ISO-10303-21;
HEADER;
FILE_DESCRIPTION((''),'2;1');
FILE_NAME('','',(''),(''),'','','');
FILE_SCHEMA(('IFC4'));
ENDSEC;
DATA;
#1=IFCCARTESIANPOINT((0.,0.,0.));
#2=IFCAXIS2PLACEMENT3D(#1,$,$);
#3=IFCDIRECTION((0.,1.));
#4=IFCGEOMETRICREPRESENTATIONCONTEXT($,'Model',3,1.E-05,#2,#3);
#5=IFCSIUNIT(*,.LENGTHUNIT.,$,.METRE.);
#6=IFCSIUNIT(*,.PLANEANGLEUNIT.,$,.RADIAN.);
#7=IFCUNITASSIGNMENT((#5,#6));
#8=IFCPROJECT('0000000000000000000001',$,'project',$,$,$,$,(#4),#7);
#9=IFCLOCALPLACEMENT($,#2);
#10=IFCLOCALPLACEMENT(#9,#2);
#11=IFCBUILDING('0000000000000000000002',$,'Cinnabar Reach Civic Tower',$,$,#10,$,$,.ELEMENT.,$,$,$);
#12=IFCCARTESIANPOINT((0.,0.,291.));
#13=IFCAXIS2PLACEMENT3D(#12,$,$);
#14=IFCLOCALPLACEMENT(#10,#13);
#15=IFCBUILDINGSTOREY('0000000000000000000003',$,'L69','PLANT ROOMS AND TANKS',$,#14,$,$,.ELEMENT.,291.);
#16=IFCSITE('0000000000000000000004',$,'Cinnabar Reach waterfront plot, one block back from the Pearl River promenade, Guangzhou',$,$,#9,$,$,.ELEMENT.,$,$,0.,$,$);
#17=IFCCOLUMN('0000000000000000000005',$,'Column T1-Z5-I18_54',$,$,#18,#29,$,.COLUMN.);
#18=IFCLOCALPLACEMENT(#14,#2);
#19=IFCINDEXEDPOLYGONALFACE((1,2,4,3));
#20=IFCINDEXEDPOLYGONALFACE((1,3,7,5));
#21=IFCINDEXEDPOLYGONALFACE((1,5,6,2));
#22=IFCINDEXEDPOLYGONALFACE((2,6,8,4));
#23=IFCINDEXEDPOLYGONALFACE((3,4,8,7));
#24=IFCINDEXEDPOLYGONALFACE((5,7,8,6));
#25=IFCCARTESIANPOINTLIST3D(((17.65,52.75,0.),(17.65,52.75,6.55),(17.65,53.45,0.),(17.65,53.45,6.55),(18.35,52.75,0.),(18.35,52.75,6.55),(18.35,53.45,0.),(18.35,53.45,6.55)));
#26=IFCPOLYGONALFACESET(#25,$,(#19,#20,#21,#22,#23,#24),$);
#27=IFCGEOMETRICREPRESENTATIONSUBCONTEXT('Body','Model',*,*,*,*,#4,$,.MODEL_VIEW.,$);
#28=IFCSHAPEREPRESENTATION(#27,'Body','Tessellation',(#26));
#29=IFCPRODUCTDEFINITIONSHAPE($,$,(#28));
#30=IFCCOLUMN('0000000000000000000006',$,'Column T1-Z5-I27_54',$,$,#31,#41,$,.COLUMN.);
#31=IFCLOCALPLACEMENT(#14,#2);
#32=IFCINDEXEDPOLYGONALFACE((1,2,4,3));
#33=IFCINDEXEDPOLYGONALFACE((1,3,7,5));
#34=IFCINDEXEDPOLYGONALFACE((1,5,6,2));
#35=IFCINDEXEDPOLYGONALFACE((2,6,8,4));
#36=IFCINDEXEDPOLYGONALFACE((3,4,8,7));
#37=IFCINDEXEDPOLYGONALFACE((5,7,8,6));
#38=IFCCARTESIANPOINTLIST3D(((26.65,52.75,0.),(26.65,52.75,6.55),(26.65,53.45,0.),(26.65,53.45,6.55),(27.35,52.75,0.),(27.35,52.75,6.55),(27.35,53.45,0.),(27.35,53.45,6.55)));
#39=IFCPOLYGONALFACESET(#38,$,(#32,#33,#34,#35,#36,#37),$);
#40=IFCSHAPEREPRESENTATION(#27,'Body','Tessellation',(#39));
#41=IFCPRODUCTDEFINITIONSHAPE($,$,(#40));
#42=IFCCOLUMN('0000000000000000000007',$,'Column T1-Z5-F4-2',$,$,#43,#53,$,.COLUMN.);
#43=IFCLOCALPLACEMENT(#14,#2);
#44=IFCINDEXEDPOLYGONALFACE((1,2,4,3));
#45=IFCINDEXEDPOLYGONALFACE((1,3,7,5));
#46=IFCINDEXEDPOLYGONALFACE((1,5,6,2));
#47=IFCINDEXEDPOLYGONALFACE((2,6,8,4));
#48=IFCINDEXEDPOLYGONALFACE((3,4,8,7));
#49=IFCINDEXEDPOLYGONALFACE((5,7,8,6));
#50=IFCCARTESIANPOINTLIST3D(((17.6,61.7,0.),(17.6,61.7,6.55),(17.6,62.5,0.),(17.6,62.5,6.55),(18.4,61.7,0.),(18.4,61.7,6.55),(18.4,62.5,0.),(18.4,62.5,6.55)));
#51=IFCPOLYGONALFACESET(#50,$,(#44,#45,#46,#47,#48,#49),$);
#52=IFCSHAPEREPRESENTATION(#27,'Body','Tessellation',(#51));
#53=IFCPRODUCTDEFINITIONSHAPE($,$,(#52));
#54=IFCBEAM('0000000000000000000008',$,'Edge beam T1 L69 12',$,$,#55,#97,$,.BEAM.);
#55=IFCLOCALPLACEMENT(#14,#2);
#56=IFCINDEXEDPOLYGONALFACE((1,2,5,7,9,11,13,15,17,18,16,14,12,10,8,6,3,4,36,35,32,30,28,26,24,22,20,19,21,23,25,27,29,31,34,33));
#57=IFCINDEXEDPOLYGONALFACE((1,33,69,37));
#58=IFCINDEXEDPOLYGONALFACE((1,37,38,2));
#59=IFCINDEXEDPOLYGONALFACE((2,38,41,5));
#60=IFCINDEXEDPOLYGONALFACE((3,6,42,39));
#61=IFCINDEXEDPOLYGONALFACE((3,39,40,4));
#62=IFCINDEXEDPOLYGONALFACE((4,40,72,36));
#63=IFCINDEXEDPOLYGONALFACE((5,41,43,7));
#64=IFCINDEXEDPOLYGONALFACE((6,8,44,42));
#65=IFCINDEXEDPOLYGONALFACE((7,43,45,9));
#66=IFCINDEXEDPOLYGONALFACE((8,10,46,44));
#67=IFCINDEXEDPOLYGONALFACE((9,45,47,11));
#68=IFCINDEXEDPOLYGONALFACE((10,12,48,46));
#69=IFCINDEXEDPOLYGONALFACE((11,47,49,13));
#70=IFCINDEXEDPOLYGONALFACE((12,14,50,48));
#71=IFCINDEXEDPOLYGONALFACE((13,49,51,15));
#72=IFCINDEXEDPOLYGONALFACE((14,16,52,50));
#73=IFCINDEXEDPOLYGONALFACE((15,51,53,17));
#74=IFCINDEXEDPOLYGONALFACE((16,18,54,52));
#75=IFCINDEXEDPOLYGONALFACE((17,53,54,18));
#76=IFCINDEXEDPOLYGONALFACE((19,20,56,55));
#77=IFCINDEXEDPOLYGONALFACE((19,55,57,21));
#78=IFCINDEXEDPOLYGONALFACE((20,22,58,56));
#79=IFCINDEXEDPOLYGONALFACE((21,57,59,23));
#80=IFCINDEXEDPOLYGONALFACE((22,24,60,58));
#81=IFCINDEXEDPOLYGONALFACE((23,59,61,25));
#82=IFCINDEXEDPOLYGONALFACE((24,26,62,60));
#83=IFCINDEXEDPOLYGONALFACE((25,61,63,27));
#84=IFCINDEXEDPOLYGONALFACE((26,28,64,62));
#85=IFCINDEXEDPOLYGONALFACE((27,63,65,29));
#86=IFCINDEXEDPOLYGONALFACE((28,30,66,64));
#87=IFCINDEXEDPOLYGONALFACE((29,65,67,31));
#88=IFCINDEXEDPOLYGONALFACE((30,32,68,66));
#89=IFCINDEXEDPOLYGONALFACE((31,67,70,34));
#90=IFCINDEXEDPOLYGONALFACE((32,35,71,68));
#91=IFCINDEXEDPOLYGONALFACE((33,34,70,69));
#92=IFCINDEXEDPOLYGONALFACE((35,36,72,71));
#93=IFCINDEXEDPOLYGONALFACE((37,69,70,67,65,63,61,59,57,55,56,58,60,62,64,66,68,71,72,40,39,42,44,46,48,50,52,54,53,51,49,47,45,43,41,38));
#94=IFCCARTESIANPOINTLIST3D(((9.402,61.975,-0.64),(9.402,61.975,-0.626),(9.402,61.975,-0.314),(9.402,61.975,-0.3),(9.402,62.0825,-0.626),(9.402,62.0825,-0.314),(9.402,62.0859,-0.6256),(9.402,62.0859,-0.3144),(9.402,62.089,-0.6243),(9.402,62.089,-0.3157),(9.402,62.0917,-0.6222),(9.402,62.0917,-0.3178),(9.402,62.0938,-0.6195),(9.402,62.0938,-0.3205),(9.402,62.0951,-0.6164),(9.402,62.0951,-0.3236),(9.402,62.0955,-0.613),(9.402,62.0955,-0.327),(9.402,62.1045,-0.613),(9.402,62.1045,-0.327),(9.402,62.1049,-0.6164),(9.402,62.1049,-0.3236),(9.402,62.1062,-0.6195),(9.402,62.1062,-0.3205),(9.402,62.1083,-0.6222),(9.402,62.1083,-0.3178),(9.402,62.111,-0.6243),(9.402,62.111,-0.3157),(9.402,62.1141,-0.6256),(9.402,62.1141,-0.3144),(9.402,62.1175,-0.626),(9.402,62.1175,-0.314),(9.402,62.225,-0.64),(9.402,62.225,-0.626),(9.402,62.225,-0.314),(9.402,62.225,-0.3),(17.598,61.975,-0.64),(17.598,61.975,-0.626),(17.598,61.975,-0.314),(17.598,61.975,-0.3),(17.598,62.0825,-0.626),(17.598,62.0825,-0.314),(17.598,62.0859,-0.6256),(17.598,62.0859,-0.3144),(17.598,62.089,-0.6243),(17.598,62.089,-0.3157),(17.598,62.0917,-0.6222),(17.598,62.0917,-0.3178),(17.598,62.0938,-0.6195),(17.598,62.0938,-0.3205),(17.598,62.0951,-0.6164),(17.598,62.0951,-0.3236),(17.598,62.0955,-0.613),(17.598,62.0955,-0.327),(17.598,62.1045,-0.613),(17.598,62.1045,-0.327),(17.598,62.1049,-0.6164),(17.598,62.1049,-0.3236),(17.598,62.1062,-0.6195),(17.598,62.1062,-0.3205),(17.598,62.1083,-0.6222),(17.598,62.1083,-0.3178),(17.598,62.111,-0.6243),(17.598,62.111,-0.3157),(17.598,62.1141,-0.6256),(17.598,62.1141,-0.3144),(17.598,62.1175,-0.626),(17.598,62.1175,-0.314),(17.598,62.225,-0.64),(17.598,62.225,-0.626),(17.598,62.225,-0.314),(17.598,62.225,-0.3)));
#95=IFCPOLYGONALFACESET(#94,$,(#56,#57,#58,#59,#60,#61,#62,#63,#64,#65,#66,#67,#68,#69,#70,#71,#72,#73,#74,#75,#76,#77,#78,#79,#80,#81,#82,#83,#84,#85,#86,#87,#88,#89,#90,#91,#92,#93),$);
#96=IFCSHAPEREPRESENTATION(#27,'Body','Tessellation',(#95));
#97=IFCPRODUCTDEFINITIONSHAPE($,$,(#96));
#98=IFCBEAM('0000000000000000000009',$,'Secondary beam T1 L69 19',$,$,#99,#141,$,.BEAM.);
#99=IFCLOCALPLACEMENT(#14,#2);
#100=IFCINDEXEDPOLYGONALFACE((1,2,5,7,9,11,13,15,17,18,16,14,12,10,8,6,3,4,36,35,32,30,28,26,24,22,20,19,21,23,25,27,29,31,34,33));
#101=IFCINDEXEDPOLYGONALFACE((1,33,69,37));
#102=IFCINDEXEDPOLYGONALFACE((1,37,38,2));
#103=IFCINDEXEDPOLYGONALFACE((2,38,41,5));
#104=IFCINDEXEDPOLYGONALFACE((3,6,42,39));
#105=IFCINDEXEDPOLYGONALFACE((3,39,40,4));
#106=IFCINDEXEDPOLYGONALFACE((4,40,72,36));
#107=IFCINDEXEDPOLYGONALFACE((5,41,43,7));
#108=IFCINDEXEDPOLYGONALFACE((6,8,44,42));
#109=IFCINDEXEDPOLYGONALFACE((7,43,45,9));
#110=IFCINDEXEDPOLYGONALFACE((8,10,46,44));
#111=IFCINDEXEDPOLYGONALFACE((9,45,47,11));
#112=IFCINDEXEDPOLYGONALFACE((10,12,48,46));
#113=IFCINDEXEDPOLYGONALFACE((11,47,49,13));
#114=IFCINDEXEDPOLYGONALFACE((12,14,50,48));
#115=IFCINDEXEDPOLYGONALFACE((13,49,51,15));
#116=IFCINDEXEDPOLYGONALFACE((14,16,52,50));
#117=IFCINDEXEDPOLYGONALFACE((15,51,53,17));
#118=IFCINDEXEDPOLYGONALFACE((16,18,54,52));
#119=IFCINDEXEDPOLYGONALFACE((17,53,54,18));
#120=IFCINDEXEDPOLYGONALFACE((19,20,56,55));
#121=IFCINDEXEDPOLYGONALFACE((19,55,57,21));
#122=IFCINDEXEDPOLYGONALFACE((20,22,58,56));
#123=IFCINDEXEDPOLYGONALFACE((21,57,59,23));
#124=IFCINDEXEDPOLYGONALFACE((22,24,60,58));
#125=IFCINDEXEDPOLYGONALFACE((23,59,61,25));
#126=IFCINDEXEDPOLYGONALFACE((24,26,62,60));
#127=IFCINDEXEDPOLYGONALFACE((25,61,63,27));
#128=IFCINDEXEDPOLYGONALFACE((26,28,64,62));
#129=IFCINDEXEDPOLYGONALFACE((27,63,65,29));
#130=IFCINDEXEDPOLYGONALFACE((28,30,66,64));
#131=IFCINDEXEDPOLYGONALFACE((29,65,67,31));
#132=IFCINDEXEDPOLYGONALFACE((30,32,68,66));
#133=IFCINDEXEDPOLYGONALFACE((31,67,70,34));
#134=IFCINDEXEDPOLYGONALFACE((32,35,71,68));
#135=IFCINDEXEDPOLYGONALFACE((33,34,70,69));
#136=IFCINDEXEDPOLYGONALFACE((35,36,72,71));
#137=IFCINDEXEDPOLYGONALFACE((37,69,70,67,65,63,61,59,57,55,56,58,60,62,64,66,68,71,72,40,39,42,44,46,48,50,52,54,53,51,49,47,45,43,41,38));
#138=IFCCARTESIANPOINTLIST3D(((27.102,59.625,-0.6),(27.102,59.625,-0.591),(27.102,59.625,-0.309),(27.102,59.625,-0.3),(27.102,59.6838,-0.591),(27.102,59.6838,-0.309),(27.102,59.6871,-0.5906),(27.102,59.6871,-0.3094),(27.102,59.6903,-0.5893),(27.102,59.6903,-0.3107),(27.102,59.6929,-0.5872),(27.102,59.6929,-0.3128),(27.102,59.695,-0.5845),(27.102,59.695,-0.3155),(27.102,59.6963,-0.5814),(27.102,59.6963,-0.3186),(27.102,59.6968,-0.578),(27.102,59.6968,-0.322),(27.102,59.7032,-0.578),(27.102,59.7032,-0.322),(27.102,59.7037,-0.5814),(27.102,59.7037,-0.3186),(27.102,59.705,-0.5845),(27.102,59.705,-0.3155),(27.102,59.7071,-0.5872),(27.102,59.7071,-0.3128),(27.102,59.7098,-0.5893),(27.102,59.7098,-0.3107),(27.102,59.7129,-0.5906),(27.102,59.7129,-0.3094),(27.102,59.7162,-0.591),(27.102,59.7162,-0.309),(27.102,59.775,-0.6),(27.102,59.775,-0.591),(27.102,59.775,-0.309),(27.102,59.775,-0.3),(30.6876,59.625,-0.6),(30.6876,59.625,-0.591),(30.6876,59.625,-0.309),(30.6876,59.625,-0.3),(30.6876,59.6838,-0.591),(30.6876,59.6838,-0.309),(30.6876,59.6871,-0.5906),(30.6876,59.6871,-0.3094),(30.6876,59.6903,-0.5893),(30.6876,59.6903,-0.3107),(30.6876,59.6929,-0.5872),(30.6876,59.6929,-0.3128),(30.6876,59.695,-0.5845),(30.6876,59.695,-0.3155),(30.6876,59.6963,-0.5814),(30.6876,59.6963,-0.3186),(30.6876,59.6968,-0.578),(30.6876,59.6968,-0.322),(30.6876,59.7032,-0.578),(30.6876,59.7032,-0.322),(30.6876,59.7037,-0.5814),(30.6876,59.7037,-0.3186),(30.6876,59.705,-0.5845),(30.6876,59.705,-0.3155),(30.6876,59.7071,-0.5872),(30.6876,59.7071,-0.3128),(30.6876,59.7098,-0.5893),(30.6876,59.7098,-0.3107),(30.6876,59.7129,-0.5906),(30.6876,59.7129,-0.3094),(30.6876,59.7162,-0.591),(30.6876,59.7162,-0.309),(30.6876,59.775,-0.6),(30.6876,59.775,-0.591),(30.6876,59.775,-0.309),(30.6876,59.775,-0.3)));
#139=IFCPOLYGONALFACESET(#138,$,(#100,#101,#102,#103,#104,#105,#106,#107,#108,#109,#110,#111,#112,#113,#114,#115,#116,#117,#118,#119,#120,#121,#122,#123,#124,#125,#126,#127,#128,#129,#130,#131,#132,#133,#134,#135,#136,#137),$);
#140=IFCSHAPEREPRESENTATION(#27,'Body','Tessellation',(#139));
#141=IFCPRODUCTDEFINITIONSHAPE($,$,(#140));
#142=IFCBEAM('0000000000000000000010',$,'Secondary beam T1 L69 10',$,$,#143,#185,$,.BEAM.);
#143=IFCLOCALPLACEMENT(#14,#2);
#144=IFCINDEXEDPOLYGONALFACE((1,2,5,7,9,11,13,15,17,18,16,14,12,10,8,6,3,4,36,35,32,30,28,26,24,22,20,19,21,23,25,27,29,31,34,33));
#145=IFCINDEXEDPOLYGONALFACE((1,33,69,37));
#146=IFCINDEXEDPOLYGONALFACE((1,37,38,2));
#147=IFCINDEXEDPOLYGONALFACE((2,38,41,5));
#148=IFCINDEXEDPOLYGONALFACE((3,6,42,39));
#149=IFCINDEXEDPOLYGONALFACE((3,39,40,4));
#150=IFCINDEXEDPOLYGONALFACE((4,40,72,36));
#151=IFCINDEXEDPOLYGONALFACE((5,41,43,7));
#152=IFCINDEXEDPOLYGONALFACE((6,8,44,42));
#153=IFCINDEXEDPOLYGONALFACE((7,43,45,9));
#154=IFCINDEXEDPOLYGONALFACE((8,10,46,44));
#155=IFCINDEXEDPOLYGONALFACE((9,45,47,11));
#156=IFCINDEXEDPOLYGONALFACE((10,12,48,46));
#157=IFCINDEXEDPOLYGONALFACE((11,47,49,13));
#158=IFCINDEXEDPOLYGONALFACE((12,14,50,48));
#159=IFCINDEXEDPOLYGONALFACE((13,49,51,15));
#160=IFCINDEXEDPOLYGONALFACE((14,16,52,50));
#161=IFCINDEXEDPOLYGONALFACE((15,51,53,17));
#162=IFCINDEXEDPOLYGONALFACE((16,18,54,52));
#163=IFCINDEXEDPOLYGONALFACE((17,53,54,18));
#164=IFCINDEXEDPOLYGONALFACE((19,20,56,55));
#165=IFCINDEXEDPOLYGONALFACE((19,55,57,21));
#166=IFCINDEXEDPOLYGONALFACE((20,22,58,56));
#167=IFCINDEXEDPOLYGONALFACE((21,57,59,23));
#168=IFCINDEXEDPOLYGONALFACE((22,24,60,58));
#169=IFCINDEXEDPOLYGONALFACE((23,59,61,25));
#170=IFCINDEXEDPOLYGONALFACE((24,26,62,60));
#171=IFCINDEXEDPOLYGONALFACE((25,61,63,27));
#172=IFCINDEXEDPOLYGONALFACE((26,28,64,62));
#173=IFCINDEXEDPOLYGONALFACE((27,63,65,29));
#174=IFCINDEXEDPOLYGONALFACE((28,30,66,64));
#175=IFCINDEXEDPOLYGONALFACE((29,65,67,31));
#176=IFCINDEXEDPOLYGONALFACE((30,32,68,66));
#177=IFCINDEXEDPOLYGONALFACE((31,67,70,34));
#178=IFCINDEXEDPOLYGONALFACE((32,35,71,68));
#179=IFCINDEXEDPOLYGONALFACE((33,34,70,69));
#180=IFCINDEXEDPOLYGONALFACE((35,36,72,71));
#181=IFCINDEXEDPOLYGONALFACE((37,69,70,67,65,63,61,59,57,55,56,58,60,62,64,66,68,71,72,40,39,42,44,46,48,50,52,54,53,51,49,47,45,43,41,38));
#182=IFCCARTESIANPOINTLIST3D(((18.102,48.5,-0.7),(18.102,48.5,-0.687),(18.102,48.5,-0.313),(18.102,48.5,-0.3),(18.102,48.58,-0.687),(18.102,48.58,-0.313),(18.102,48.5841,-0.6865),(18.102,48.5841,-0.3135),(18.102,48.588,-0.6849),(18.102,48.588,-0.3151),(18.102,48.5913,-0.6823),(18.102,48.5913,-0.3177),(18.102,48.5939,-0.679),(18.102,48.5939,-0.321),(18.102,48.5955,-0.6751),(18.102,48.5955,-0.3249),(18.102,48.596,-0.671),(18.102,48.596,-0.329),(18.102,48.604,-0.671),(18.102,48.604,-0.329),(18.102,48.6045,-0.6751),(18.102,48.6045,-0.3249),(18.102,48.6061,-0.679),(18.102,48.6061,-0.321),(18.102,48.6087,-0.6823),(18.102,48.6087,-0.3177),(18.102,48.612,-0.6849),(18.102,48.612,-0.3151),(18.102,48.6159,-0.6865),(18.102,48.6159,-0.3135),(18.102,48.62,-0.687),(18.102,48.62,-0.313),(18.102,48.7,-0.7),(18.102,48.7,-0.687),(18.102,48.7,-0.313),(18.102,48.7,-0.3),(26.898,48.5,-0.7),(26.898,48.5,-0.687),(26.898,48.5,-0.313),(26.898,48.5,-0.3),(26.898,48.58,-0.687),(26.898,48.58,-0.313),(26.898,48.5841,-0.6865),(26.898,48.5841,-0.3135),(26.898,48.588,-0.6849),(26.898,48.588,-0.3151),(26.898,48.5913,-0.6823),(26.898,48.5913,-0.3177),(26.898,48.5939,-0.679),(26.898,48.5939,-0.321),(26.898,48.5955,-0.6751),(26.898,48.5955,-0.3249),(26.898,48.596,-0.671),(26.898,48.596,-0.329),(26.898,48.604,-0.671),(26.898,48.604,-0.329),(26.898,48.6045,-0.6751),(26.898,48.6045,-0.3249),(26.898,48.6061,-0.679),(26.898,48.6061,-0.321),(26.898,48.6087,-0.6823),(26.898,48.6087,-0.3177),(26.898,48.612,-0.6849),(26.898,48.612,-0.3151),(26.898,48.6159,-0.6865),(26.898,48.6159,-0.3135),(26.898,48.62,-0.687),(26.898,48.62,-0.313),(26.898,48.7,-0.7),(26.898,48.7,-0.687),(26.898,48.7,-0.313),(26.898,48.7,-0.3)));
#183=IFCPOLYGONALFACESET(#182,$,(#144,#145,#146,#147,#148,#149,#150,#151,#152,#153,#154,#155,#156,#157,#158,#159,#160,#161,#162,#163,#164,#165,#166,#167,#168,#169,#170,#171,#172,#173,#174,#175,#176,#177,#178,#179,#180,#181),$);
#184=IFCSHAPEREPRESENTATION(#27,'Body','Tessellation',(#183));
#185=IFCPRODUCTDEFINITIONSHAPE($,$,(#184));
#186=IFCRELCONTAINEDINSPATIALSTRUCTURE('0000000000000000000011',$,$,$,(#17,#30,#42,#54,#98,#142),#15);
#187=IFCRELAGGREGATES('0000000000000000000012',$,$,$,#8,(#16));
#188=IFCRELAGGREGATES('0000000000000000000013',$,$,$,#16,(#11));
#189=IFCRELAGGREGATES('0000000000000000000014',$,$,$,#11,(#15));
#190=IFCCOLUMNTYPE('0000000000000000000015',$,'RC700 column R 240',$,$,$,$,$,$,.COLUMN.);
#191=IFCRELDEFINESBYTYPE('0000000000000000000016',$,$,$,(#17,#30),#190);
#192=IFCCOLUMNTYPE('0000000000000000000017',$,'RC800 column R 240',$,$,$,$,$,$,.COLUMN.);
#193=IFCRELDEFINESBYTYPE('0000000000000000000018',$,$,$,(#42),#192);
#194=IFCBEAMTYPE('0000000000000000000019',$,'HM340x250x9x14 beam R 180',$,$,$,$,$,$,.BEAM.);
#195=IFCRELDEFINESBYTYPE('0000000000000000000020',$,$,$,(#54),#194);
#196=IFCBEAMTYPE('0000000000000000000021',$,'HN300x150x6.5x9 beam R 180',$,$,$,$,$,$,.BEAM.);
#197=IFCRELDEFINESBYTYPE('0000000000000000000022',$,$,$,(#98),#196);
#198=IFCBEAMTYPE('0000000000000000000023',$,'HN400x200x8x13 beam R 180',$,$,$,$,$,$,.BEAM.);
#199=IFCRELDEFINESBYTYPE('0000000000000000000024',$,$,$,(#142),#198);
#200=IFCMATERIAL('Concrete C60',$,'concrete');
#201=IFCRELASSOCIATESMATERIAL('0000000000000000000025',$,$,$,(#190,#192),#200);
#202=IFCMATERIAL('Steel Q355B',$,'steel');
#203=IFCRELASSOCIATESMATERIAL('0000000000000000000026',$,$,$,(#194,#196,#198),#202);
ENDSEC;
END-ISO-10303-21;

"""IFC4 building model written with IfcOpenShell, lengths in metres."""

from ifc_helpers import new_model, si_unit, direction, frame, origin, origin_2d, place, context, subcontext, project, spatial, rectangle, i_section, extrude, material, material_profile, profile_set, type_object, element, save


model = new_model("IFC4")

# Units and contexts
model_context = context("Model", 3, precision=1e-05, world=origin(), true_north=direction((0.0, 1.0)))
body_context = subcontext(model_context, "Body", "Model", "MODEL_VIEW")
ifc_project = project(units=[si_unit("LENGTHUNIT", "METRE"), si_unit("PLANEANGLEUNIT", "RADIAN")], contexts=[model_context])

# Site, building, storey
site_placement = place(None, origin())
site = spatial("IfcSite", under=ifc_project, at=site_placement, Name="Cinnabar Reach waterfront plot, one block back from the Pearl River promenade, Guangzhou", CompositionType="ELEMENT", RefElevation=0.0)
building_placement = place(site_placement, origin())
building = spatial("IfcBuilding", under=site, at=building_placement, Name="Cinnabar Reach Civic Tower", CompositionType="ELEMENT")
storey_placement = place(building_placement, frame((0.0, 0.0, 291.0)))
storey = spatial("IfcBuildingStorey", under=building, at=storey_placement, Name="L69", Description="PLANT ROOMS AND TANKS", CompositionType="ELEMENT", Elevation=291.0)

# Columns
ifc_material_1 = material(Name="Concrete C60", Category="concrete")
ifc_material_profile_1 = material_profile(ifc_material_1, rectangle(XDim=0.7, YDim=0.7, at=origin_2d()), Name="RC700")
ifc_profile_set_1 = profile_set([ifc_material_profile_1], Name="Concrete C60")
column_type_1 = type_object("IfcColumnType", Name="RC700 column R 240", PredefinedType="COLUMN", material=ifc_profile_set_1)
for number, where, z_axis, x_axis, name in (
    (1, (18.0, 53.1, 0.0), (0.0, 0.0, 1.0), (1.0, 0.0, 0.0), "Column T1-Z5-I18_54"),
    (2, (27.0, 53.1, 0.0), (0.0, 0.0, 1.0), (1.0, 0.0, 0.0), "Column T1-Z5-I27_54"),
):
    element("IfcColumn", number, at=place(storey_placement, frame(where, z_axis=z_axis, x_axis=x_axis)), inside=storey, type_object=column_type_1, Name=name, PredefinedType="COLUMN", context=body_context, shape_type="SweptSolid", body=[
        extrude(rectangle(XDim=0.7, YDim=0.7, at=origin_2d()), origin(), (0.0, 0.0, 1.0), 6.55),
    ])
ifc_material_profile_2 = material_profile(ifc_material_1, rectangle(XDim=0.8, YDim=0.8, at=origin_2d()), Name="RC800")
ifc_profile_set_2 = profile_set([ifc_material_profile_2], Name="Concrete C60")
column_type_2 = type_object("IfcColumnType", Name="RC800 column R 240", PredefinedType="COLUMN", material=ifc_profile_set_2)
column_placement = place(storey_placement, frame((18.0, 62.1, 0.0), z_axis=(0.0, 0.0, 1.0), x_axis=(1.0, 0.0, 0.0)))
element("IfcColumn", 3, at=column_placement, inside=storey, type_object=column_type_2, Name="Column T1-Z5-F4-2", PredefinedType="COLUMN", context=body_context, shape_type="SweptSolid", body=[
    extrude(rectangle(XDim=0.8, YDim=0.8, at=origin_2d()), origin(), (0.0, 0.0, 1.0), 6.55),
])

# Beams
ifc_material_2 = material(Name="Steel Q355B", Category="steel")
ifc_material_profile_3 = material_profile(ifc_material_2, i_section(OverallWidth=0.25, OverallDepth=0.34, WebThickness=0.009, FlangeThickness=0.014, FilletRadius=0.013, at=origin_2d()), Name="HM340x250x9x14")
ifc_profile_set_3 = profile_set([ifc_material_profile_3], Name="Steel Q355B")
beam_type_1 = type_object("IfcBeamType", Name="HM340x250x9x14 beam R 180", PredefinedType="BEAM", material=ifc_profile_set_3)
beam_1_placement = place(storey_placement, frame((17.598, 62.1, -0.47), z_axis=(-1.0, 0.0, 0.0), x_axis=(0.0, -1.0, 0.0)))
element("IfcBeam", 4, at=beam_1_placement, inside=storey, type_object=beam_type_1, Name="Edge beam T1 L69 12", PredefinedType="BEAM", context=body_context, shape_type="SweptSolid", body=[
    extrude(i_section(OverallWidth=0.25, OverallDepth=0.34, WebThickness=0.009, FlangeThickness=0.014, FilletRadius=0.013, at=origin_2d()), origin(), (0.0, 0.0, 1.0), 8.196),
])
ifc_material_profile_4 = material_profile(ifc_material_2, i_section(OverallWidth=0.15, OverallDepth=0.3, WebThickness=0.0065, FlangeThickness=0.009, FilletRadius=0.013, at=origin_2d()), Name="HN300x150x6.5x9")
ifc_profile_set_4 = profile_set([ifc_material_profile_4], Name="Steel Q355B")
beam_type_2 = type_object("IfcBeamType", Name="HN300x150x6.5x9 beam R 180", PredefinedType="BEAM", material=ifc_profile_set_4)
beam_2_placement = place(storey_placement, frame((27.102, 59.7, -0.45), z_axis=(1.0, 0.0, 0.0), x_axis=(0.0, 1.0, 0.0)))
element("IfcBeam", 5, at=beam_2_placement, inside=storey, type_object=beam_type_2, Name="Secondary beam T1 L69 19", PredefinedType="BEAM", context=body_context, shape_type="SweptSolid", body=[
    extrude(i_section(OverallWidth=0.15, OverallDepth=0.3, WebThickness=0.0065, FlangeThickness=0.009, FilletRadius=0.013, at=origin_2d()), origin(), (0.0, 0.0, 1.0), 3.5856),
])
ifc_material_profile_5 = material_profile(ifc_material_2, i_section(OverallWidth=0.2, OverallDepth=0.4, WebThickness=0.008, FlangeThickness=0.013, FilletRadius=0.016, at=origin_2d()), Name="HN400x200x8x13")
ifc_profile_set_5 = profile_set([ifc_material_profile_5], Name="Steel Q355B")
beam_type_3 = type_object("IfcBeamType", Name="HN400x200x8x13 beam R 180", PredefinedType="BEAM", material=ifc_profile_set_5)
beam_3_placement = place(storey_placement, frame((18.102, 48.6, -0.5), z_axis=(1.0, 0.0, 0.0), x_axis=(0.0, 1.0, 0.0)))
element("IfcBeam", 6, at=beam_3_placement, inside=storey, type_object=beam_type_3, Name="Secondary beam T1 L69 10", PredefinedType="BEAM", context=body_context, shape_type="SweptSolid", body=[
    extrude(i_section(OverallWidth=0.2, OverallDepth=0.4, WebThickness=0.008, FlangeThickness=0.013, FilletRadius=0.016, at=origin_2d()), origin(), (0.0, 0.0, 1.0), 8.796),
])

save(model, "model.ifc")
